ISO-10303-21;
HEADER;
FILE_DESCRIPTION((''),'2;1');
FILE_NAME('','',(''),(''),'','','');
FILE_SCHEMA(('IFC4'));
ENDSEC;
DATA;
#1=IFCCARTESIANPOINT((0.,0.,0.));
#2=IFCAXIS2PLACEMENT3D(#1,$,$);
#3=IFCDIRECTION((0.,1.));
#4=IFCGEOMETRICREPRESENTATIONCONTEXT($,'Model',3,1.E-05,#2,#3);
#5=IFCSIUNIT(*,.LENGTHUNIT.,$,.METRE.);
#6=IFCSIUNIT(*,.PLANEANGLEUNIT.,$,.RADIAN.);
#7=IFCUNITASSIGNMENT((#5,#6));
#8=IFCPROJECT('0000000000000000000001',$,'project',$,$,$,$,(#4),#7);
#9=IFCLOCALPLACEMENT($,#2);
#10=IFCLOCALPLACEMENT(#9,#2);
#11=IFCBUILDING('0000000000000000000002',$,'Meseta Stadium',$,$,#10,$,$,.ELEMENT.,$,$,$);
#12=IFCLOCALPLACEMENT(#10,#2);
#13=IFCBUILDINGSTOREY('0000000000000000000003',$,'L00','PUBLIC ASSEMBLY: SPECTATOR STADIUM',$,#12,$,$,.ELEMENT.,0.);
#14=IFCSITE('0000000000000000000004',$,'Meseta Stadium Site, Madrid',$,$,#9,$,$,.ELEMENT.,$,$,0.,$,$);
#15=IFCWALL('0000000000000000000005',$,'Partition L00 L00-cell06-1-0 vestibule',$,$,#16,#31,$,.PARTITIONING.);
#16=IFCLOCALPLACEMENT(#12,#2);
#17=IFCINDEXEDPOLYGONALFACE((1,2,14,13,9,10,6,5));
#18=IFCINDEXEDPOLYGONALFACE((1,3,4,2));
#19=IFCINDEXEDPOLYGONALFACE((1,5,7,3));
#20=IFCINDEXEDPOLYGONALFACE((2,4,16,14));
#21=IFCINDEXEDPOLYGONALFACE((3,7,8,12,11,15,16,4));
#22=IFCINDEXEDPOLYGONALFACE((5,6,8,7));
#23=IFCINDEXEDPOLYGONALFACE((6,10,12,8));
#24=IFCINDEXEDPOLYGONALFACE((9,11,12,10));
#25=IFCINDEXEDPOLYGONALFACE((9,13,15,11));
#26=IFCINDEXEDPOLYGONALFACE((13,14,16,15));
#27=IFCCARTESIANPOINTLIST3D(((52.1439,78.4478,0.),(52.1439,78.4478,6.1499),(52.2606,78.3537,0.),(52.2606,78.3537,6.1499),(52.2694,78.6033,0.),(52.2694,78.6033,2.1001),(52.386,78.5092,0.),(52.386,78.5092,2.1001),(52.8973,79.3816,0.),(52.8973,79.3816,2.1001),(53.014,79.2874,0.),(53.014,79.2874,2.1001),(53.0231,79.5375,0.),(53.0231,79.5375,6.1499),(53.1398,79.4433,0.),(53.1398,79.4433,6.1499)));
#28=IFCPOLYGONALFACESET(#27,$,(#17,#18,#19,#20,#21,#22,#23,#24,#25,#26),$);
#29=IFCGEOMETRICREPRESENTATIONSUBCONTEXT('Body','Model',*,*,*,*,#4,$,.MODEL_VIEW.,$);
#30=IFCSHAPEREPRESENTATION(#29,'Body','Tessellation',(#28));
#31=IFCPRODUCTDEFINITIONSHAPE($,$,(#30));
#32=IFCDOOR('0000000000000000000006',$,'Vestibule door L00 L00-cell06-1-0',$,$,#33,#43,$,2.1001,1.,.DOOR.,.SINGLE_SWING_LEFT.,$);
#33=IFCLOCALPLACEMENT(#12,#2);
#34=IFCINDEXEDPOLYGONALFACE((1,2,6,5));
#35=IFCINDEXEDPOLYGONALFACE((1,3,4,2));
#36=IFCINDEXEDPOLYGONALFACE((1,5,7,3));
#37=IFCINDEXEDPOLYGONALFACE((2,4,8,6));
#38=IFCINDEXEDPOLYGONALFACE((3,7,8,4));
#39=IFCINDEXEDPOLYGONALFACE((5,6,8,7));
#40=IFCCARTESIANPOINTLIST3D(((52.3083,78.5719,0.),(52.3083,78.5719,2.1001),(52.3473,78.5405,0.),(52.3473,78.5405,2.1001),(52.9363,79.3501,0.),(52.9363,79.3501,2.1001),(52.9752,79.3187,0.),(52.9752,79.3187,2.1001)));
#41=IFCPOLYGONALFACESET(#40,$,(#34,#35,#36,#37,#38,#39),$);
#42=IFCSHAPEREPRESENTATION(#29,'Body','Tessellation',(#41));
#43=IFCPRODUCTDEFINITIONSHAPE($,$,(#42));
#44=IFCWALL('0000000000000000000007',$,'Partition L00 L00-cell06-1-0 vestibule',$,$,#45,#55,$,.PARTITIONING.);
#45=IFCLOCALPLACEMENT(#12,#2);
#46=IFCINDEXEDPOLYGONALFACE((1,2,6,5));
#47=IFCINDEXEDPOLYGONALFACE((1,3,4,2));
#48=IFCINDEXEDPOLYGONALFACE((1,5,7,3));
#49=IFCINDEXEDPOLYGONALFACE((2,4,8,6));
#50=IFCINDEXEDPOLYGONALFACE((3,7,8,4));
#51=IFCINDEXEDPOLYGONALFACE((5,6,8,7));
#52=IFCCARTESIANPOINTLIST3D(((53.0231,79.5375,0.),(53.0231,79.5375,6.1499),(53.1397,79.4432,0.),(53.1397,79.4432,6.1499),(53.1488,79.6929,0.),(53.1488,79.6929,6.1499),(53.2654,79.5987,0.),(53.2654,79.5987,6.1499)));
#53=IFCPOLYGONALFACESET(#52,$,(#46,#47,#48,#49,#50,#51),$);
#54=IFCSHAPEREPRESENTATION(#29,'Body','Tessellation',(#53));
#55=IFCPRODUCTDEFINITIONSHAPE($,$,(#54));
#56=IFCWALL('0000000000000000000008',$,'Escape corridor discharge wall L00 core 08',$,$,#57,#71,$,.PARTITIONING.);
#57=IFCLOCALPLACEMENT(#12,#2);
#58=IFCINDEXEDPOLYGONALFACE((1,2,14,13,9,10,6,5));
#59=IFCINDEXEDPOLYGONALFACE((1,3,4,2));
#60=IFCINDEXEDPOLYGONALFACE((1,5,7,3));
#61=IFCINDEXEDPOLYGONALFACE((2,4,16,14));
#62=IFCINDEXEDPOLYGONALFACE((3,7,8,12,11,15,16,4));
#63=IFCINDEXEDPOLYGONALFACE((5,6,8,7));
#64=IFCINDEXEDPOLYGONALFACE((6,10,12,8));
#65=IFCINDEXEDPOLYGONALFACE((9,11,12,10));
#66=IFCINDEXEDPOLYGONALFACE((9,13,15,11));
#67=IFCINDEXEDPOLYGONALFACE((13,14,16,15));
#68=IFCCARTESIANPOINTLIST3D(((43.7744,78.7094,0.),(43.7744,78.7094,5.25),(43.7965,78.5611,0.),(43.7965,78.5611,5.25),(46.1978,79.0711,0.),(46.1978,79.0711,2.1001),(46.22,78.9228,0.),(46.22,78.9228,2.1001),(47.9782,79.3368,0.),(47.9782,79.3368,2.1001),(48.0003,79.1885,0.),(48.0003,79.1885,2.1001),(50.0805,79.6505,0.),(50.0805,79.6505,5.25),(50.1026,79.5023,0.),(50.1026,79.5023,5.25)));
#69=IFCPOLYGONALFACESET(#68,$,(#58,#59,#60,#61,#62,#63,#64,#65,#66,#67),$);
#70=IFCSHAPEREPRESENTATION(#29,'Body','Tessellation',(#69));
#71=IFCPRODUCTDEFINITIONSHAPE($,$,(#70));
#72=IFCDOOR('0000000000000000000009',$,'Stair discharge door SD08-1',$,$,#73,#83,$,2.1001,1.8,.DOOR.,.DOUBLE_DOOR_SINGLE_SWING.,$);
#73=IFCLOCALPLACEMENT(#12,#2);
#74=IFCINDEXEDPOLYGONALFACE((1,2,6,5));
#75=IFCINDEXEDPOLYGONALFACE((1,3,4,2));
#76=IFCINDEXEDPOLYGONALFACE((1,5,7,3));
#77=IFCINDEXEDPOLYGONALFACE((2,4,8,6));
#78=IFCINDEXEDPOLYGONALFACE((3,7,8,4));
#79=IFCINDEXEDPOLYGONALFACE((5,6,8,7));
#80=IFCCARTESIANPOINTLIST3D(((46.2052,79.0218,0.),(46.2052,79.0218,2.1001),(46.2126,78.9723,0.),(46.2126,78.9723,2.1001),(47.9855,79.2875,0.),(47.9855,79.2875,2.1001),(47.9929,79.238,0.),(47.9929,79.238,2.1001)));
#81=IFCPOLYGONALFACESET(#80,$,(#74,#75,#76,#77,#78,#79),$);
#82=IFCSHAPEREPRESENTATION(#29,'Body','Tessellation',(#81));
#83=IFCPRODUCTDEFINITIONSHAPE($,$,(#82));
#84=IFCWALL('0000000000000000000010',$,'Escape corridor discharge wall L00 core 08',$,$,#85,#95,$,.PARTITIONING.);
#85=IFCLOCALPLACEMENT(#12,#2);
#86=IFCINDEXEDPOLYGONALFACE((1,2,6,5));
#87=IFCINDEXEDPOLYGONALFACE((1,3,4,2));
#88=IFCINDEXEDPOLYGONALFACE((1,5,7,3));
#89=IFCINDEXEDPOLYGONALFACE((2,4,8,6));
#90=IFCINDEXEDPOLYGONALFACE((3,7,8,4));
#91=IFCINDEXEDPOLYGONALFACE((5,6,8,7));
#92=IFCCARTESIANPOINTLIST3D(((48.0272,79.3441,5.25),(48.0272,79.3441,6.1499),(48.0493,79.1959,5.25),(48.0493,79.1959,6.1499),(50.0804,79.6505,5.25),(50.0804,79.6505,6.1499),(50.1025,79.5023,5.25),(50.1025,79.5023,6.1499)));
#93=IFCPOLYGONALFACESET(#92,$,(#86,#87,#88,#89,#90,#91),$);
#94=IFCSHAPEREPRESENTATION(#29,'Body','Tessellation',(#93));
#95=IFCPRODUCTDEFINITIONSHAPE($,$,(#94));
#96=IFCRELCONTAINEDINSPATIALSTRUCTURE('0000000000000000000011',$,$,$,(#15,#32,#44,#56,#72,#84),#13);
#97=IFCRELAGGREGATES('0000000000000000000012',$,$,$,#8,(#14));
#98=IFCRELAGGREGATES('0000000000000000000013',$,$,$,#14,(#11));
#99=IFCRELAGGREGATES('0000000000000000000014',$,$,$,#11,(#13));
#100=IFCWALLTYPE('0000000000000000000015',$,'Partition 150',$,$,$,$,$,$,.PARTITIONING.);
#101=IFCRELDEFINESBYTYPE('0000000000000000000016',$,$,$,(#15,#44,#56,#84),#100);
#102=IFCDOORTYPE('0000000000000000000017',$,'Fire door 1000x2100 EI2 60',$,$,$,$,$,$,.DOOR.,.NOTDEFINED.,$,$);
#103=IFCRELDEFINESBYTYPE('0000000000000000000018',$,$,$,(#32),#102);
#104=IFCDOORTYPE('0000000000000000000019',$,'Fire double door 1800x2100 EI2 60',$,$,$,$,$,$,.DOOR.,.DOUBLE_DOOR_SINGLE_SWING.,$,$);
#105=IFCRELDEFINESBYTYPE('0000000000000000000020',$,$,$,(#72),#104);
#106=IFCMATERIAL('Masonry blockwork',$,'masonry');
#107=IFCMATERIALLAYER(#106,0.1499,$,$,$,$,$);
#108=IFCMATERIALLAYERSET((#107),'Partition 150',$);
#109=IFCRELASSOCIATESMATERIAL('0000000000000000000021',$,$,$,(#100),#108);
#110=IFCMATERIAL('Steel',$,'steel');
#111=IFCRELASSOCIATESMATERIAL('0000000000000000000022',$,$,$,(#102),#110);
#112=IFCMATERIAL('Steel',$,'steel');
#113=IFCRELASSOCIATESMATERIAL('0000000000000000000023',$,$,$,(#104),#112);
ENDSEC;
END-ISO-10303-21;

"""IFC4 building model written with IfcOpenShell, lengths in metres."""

from ifc_helpers import new_model, si_unit, direction, frame, frame_2d, origin, place, context, subcontext, project, spatial, rectangle, extrude, material, layer, layer_set, type_object, element, fill, save


model = new_model("IFC4")

# Units and contexts
model_context = context("Model", 3, precision=1e-05, world=origin(), true_north=direction((0.0, 1.0)))
body_context = subcontext(model_context, "Body", "Model", "MODEL_VIEW")
ifc_project = project(units=[si_unit("LENGTHUNIT", "METRE"), si_unit("PLANEANGLEUNIT", "RADIAN")], contexts=[model_context])

# Site, building, storey
site_placement = place(None, origin())
site = spatial("IfcSite", under=ifc_project, at=site_placement, Name="Meseta Stadium Site, Madrid", CompositionType="ELEMENT", RefElevation=0.0)
building_placement = place(site_placement, origin())
building = spatial("IfcBuilding", under=site, at=building_placement, Name="Meseta Stadium", CompositionType="ELEMENT")
storey_placement = place(building_placement, origin())
storey = spatial("IfcBuildingStorey", under=building, at=storey_placement, Name="L00", Description="PUBLIC ASSEMBLY: SPECTATOR STADIUM", CompositionType="ELEMENT", Elevation=0.0)

# Shared definitions
ifc_material_1 = material(Name="Masonry blockwork", Category="masonry")
ifc_layer = layer(ifc_material_1, 0.1499)
ifc_layer_set = layer_set([ifc_layer], Name="Partition 150")
wall_type = type_object("IfcWallType", Name="Partition 150", PredefinedType="PARTITIONING", material=ifc_layer_set)

# Shared definitions
ifc_material_2 = material(Name="Steel", Category="steel")
door_type_1 = type_object("IfcDoorType", Name="Fire door 1000x2100 EI2 60", OperationType="NOTDEFINED", PredefinedType="DOOR", material=ifc_material_2)

# Wall, opening, door
wall_1_placement = place(storey_placement, frame((52.2021, 78.4006, 0.0), z_axis=(0.0, 0.0, 1.0), x_axis=(0.627943, 0.778259, 0.0)))
wall_1 = element("IfcWall", 1, at=wall_1_placement, inside=storey, type_object=wall_type, Name="Partition L00 L00-cell06-1-0 vestibule", PredefinedType="PARTITIONING", context=body_context, shape_type="SweptSolid", body=[
    extrude(rectangle(XDim=1.4001, YDim=0.1499, at=frame_2d((0.7002, 0.0))), origin(), (0.0, 0.0, 1.0), 6.1499),
])
opening_1_placement = place(wall_1_placement, frame((0.2, 0.0, 0.0)))
opening_1 = element("IfcOpeningElement", 2, at=opening_1_placement, cuts=wall_1, PredefinedType="OPENING", context=body_context, shape_type="SweptSolid", body=[
    extrude(rectangle(XDim=1.0, YDim=2.1001, at=frame_2d((0.5, 1.05))), frame((0.0, 0.085, 0.0), z_axis=(0.0, -1.0, 0.0), x_axis=(1.0, 0.0, 0.0)), (0.0, 0.0, 1.0), 0.1699),
])
door_1_placement = place(opening_1_placement, origin())
door_1 = element("IfcDoor", 3, at=door_1_placement, inside=storey, type_object=door_type_1, Name="Vestibule door L00 L00-cell06-1-0", OperationType="SINGLE_SWING_LEFT", OverallHeight=2.1001, OverallWidth=1.0, PredefinedType="DOOR", context=body_context, shape_type="SweptSolid", body=[
    extrude(rectangle(XDim=1.0, YDim=2.1001, at=frame_2d((0.5, 1.05))), frame((0.0, 0.0249, 0.0), z_axis=(0.0, -1.0, 0.0), x_axis=(1.0, 0.0, 0.0)), (0.0, 0.0, 1.0), 0.05),
])
fill(opening_1, door_1)

# Wall
wall_2_placement = place(storey_placement, frame((53.0813, 79.4902, 0.0), z_axis=(0.0, 0.0, 1.0), x_axis=(0.628706, 0.777643, 0.0)))
element("IfcWall", 4, at=wall_2_placement, inside=storey, type_object=wall_type, Name="Partition L00 L00-cell06-1-0 vestibule", PredefinedType="PARTITIONING", context=body_context, shape_type="SweptSolid", body=[
    extrude(rectangle(XDim=0.2, YDim=0.1499, at=frame_2d((0.1001, 0.0))), origin(), (0.0, 0.0, 1.0), 6.1499),
])

# Wall, opening, door
wall_3_placement = place(storey_placement, frame((50.0916, 79.5764, 0.0), z_axis=(0.0, 0.0, 1.0), x_axis=(-0.989046, -0.14761, 0.0)))
wall_3 = element("IfcWall", 5, at=wall_3_placement, inside=storey, type_object=wall_type, Name="Escape corridor discharge wall L00 core 08", PredefinedType="PARTITIONING", context=body_context, shape_type="SweptSolid", body=[
    extrude(rectangle(XDim=6.376, YDim=0.1499, at=frame_2d((3.188, 0.0))), origin(), (0.0, 0.0, 1.0), 5.25),
])
opening_2_placement = place(wall_3_placement, frame((2.1257, 0.0, 0.0)))
opening_2 = element("IfcOpeningElement", 6, at=opening_2_placement, cuts=wall_3, PredefinedType="OPENING", context=body_context, shape_type="SweptSolid", body=[
    extrude(rectangle(XDim=1.8, YDim=2.1001, at=frame_2d((0.8999, 1.05))), frame((0.0, 0.085, 0.0), z_axis=(0.0, -1.0, 0.0), x_axis=(1.0, 0.0, 0.0)), (0.0, 0.0, 1.0), 0.1699),
])
ifc_material_3 = material(Name="Steel", Category="steel")
door_type_2 = type_object("IfcDoorType", Name="Fire double door 1800x2100 EI2 60", OperationType="DOUBLE_DOOR_SINGLE_SWING", PredefinedType="DOOR", material=ifc_material_3)
door_2_placement = place(opening_2_placement, origin())
door_2 = element("IfcDoor", 7, at=door_2_placement, inside=storey, type_object=door_type_2, Name="Stair discharge door SD08-1", OperationType="DOUBLE_DOOR_SINGLE_SWING", OverallHeight=2.1001, OverallWidth=1.8, PredefinedType="DOOR", context=body_context, shape_type="SweptSolid", body=[
    extrude(rectangle(XDim=1.8, YDim=2.1001, at=frame_2d((0.8999, 1.05))), frame((0.0, 0.0249, 0.0), z_axis=(0.0, -1.0, 0.0), x_axis=(1.0, 0.0, 0.0)), (0.0, 0.0, 1.0), 0.05),
])
fill(opening_2, door_2)

# Wall
wall_4_placement = place(storey_placement, frame((50.0916, 79.5764, 5.25), z_axis=(0.0, 0.0, 1.0), x_axis=(-0.989048, -0.147593, 0.0)))
element("IfcWall", 8, at=wall_4_placement, inside=storey, type_object=wall_type, Name="Escape corridor discharge wall L00 core 08", PredefinedType="PARTITIONING", context=body_context, shape_type="SweptSolid", body=[
    extrude(rectangle(XDim=2.0759, YDim=0.1499, at=frame_2d((1.0381, 0.0))), origin(), (0.0, 0.0, 1.0), 0.8999),
])

save(model, "model.ifc")
